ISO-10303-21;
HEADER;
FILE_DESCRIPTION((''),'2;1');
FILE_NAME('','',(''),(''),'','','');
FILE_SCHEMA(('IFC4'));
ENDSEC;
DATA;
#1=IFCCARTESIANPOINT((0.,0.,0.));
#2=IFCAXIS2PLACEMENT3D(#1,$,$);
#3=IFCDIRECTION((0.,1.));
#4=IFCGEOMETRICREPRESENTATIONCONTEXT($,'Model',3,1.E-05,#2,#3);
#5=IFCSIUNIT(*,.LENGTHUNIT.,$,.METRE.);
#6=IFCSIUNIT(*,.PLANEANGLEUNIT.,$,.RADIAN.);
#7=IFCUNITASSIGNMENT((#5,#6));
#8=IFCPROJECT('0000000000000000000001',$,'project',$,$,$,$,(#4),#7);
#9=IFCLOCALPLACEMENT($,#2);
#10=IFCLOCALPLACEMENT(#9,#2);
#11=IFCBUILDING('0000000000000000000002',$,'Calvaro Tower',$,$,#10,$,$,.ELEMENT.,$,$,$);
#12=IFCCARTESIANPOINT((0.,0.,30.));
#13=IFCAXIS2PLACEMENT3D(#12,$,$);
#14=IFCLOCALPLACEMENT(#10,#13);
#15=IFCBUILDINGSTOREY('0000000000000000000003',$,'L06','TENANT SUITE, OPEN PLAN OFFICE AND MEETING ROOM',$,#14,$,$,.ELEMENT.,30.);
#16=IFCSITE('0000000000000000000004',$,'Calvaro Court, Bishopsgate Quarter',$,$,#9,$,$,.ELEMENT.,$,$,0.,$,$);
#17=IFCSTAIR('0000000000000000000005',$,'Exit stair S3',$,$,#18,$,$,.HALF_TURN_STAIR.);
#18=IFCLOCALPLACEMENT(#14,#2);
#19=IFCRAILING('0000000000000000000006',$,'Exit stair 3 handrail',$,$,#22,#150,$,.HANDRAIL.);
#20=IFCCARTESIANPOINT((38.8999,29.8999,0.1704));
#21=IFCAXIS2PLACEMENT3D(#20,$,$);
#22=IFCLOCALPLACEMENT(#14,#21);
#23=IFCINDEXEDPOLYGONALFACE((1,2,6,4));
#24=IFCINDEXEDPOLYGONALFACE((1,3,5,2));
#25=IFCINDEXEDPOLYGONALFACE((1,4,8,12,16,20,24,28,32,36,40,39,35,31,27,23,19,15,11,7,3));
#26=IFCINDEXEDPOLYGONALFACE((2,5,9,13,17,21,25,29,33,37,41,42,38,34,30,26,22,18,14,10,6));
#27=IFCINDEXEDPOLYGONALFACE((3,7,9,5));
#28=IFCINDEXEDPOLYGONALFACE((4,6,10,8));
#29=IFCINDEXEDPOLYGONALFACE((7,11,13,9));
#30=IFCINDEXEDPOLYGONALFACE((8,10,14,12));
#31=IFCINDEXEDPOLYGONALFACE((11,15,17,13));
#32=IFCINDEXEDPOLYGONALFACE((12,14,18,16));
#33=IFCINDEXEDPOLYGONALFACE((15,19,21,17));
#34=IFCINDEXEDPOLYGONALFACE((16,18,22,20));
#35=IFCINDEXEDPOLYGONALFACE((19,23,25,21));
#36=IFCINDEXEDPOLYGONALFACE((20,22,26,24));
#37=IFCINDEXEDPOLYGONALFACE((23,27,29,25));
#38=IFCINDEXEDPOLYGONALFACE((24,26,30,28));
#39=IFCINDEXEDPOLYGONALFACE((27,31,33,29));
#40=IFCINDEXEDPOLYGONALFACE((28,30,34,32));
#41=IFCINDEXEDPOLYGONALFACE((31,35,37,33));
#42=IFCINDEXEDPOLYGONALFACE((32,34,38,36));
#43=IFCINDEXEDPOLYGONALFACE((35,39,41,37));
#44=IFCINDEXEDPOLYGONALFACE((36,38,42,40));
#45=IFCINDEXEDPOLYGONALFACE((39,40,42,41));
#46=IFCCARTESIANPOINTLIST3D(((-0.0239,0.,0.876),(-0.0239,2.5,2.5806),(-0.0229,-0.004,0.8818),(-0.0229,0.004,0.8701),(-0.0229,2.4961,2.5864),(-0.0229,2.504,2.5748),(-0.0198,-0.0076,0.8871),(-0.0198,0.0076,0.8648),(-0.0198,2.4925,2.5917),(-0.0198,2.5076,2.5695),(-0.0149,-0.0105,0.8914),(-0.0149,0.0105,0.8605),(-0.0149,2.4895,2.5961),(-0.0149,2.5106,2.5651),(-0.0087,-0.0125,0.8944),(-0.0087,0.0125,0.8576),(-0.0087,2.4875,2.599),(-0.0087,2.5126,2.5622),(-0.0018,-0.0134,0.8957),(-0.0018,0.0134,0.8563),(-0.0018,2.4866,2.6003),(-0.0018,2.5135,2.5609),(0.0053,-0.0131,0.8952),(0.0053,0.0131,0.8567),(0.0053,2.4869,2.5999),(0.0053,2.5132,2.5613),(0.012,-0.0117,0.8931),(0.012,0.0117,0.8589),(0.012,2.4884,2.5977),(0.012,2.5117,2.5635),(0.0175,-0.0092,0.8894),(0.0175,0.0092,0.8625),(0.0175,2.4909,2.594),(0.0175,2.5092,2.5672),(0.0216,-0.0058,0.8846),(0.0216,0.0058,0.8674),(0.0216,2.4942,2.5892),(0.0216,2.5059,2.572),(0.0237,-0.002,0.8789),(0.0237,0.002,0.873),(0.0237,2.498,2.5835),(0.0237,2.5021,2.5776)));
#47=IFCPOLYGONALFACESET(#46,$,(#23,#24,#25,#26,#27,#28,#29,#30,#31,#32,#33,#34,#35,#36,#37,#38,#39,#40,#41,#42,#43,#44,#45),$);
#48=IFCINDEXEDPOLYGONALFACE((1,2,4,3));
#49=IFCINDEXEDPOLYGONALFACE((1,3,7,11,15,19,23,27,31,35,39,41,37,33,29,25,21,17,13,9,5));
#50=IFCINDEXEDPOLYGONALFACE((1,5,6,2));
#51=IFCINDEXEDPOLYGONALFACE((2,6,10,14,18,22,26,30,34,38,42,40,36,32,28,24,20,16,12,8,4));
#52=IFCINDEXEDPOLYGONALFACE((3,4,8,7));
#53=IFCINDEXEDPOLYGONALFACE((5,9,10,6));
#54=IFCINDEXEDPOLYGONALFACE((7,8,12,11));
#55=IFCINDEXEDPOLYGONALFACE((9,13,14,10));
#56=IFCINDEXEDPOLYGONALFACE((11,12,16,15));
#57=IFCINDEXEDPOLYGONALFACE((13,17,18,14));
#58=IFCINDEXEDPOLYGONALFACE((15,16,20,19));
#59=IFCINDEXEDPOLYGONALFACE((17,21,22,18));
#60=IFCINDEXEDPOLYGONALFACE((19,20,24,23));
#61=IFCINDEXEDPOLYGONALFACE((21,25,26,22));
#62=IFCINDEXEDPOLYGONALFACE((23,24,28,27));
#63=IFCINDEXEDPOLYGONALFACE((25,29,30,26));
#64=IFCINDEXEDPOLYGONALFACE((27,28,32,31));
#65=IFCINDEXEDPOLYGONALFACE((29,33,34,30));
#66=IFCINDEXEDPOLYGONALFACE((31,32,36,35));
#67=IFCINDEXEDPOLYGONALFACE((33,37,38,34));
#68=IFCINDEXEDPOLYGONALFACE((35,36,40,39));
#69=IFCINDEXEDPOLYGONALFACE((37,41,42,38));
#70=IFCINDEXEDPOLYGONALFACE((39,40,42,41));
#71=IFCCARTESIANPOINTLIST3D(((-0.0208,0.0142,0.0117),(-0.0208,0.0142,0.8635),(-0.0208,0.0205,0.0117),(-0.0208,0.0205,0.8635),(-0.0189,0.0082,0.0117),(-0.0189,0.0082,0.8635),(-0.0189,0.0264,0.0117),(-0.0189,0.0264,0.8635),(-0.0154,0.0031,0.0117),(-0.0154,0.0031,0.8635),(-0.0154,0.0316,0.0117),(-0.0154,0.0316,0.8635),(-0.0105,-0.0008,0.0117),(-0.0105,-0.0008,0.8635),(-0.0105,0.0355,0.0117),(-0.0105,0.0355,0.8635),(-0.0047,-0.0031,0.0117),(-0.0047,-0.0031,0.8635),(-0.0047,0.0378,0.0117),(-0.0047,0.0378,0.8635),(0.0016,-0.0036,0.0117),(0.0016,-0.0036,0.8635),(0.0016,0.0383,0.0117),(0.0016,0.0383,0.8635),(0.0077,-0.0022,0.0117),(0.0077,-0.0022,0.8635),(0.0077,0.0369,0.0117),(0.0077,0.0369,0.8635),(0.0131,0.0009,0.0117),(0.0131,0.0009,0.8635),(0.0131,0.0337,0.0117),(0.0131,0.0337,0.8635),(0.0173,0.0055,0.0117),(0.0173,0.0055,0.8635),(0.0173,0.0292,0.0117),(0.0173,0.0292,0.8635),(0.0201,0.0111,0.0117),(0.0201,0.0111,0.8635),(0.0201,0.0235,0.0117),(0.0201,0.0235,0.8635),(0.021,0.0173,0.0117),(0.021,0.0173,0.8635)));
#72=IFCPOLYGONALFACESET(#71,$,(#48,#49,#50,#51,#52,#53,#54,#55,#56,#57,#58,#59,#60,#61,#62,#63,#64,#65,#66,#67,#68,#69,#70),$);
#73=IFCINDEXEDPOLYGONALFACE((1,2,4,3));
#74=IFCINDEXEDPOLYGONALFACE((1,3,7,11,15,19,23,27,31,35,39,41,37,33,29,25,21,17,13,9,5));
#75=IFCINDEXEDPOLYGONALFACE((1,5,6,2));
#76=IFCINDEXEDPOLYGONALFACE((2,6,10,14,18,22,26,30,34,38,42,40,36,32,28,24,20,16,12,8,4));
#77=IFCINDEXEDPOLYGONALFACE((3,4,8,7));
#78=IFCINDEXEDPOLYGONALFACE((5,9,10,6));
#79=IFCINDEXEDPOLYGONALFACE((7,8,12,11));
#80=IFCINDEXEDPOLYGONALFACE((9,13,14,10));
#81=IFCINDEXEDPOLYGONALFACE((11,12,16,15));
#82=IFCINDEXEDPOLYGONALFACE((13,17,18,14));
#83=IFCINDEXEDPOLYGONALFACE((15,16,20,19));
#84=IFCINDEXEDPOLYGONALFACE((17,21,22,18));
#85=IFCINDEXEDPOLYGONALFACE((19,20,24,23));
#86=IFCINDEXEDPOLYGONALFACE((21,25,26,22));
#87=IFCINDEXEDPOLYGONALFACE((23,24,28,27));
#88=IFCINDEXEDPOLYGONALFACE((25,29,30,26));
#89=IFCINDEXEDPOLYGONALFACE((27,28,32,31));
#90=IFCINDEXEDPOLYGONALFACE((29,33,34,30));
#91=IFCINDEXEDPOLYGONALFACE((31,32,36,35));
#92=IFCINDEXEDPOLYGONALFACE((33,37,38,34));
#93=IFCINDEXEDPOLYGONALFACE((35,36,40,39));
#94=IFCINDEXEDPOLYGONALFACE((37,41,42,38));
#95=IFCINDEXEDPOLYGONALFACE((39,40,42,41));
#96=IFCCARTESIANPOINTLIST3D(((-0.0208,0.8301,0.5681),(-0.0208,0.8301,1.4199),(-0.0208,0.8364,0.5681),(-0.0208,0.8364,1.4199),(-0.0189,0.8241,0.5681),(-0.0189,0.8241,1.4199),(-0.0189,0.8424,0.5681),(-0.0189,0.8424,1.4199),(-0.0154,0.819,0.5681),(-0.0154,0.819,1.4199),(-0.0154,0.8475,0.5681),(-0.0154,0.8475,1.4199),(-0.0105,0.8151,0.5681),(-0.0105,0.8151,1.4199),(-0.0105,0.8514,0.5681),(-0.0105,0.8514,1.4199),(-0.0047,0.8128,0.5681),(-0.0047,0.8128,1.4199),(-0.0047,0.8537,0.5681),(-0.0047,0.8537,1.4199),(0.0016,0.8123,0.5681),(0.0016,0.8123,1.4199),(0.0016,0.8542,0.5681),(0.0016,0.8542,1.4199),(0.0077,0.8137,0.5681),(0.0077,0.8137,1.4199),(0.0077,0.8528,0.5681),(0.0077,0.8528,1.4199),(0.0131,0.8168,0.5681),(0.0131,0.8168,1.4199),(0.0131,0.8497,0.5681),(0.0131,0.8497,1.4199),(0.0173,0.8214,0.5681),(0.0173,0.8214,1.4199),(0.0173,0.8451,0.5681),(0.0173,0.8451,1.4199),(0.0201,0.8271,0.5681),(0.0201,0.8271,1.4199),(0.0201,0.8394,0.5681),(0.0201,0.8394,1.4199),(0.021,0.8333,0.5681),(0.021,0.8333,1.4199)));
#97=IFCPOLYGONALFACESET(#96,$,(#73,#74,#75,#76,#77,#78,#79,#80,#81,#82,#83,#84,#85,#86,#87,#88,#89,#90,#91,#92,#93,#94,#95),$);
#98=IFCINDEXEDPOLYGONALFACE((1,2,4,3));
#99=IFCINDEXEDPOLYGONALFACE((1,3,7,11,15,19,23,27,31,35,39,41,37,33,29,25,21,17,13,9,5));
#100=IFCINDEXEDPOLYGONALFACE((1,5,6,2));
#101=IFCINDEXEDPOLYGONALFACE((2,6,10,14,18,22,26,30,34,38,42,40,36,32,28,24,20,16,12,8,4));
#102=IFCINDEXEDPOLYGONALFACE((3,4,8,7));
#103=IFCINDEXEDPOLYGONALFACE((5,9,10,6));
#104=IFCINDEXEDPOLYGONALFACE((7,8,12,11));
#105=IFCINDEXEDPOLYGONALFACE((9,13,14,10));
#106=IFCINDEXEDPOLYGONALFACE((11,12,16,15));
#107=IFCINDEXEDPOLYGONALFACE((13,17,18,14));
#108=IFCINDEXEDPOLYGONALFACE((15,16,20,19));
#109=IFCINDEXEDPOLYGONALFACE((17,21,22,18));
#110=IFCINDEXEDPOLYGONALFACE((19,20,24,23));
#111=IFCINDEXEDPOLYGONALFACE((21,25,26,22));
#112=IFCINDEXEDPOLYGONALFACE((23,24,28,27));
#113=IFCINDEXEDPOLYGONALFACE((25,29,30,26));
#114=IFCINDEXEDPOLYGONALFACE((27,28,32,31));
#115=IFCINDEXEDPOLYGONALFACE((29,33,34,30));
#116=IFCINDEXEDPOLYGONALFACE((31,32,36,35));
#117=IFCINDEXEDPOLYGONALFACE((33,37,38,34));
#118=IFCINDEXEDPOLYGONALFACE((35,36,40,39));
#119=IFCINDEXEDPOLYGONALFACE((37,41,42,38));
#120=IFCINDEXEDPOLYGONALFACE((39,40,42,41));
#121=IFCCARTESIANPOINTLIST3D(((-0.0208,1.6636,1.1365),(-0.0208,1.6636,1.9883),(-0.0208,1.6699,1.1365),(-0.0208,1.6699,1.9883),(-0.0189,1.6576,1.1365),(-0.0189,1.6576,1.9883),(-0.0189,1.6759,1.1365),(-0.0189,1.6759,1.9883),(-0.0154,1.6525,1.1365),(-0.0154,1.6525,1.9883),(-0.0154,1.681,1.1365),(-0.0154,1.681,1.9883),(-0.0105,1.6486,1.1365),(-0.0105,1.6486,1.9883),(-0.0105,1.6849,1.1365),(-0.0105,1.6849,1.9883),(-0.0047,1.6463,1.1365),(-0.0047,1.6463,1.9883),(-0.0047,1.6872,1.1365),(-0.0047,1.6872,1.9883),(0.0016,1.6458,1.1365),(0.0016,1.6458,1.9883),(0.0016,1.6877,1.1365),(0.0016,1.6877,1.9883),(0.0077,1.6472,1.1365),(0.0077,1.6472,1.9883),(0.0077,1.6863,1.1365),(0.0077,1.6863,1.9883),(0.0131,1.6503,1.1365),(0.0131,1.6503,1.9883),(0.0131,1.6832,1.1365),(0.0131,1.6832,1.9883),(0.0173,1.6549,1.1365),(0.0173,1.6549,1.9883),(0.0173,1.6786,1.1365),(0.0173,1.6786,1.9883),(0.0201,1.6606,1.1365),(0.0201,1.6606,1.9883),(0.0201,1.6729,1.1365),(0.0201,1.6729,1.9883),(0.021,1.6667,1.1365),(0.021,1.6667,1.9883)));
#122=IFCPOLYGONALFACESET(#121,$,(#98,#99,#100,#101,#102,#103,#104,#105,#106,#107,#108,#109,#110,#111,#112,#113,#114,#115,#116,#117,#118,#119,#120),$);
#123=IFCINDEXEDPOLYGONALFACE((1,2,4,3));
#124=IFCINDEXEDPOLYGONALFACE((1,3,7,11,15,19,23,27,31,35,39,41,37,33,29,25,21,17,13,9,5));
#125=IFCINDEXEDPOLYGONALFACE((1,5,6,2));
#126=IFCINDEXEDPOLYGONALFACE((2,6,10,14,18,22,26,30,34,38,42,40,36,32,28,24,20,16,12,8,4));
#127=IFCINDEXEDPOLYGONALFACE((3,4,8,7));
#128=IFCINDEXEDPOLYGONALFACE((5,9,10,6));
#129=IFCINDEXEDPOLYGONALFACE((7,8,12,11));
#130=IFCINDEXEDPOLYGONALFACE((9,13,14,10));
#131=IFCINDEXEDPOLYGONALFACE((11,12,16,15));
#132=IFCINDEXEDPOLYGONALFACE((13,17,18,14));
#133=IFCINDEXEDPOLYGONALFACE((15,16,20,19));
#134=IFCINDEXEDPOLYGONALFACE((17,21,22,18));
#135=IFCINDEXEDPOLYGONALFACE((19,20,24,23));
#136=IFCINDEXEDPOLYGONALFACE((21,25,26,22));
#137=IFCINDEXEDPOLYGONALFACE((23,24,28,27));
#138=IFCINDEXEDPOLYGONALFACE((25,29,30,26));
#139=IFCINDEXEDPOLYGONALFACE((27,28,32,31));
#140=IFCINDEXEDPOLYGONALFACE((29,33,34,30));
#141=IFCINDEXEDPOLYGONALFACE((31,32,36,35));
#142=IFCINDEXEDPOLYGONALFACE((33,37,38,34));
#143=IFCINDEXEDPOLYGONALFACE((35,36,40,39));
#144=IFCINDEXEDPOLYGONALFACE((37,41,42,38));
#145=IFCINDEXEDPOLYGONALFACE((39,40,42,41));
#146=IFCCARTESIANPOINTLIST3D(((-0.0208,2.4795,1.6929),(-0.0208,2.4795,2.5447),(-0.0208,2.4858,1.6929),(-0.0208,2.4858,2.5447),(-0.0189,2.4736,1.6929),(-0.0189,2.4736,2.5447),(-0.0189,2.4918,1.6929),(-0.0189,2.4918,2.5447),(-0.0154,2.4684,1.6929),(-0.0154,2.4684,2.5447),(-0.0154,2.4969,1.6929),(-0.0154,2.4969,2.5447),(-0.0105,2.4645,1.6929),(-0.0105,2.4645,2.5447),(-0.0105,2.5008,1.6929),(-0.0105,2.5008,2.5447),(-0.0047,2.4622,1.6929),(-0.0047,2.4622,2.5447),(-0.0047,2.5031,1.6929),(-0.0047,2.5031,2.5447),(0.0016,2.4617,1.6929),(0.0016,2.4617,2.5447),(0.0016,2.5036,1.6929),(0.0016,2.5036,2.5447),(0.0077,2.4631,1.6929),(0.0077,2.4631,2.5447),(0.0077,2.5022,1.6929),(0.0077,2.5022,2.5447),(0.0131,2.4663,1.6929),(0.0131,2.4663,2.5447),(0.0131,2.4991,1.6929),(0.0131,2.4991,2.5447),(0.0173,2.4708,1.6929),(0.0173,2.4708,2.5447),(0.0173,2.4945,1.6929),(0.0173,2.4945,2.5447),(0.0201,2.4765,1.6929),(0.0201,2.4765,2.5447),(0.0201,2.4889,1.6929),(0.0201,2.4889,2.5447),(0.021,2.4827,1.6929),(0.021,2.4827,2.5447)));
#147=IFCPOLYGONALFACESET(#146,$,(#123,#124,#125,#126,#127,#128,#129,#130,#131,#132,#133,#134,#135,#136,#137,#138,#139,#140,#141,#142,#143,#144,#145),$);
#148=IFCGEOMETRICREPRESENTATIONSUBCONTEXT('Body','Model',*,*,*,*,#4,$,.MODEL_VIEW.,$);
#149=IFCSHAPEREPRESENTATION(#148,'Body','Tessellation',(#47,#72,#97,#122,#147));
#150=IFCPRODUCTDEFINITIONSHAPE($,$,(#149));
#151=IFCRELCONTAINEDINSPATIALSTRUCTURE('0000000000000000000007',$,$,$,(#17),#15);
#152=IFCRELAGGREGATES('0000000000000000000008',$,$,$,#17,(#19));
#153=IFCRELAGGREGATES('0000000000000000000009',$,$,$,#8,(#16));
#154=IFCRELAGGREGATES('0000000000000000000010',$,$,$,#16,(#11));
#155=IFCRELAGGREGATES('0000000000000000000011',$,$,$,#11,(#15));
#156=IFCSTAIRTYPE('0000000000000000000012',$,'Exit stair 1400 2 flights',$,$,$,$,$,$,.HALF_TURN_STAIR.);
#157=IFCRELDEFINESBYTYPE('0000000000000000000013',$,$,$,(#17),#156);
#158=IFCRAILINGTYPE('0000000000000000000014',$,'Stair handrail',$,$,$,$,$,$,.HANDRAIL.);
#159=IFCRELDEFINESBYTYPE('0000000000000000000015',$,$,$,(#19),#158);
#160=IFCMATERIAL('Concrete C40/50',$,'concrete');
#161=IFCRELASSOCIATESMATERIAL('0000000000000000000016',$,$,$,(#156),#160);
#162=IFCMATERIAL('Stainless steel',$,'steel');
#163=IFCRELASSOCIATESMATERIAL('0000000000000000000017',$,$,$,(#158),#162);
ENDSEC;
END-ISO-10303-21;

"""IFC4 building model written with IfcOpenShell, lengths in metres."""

from ifc_helpers import new_model, si_unit, direction, frame, origin, origin_2d, place, context, subcontext, project, spatial, circle, extrude, material, type_object, element, aggregate, save


model = new_model("IFC4")

# Units and contexts
model_context = context("Model", 3, precision=1e-05, world=origin(), true_north=direction((0.0, 1.0)))
body_context = subcontext(model_context, "Body", "Model", "MODEL_VIEW")
ifc_project = project(units=[si_unit("LENGTHUNIT", "METRE"), si_unit("PLANEANGLEUNIT", "RADIAN")], contexts=[model_context])

# Site, building, storey
site_placement = place(None, origin())
site = spatial("IfcSite", under=ifc_project, at=site_placement, Name="Calvaro Court, Bishopsgate Quarter", CompositionType="ELEMENT", RefElevation=0.0)
building_placement = place(site_placement, origin())
building = spatial("IfcBuilding", under=site, at=building_placement, Name="Calvaro Tower", CompositionType="ELEMENT")
storey_placement = place(building_placement, frame((0.0, 0.0, 30.0)))
storey = spatial("IfcBuildingStorey", under=building, at=storey_placement, Name="L06", Description="TENANT SUITE, OPEN PLAN OFFICE AND MEETING ROOM", CompositionType="ELEMENT", Elevation=30.0)

# Stair, railing
ifc_material_1 = material(Name="Concrete C40/50", Category="concrete")
stair_type = type_object("IfcStairType", Name="Exit stair 1400 2 flights", PredefinedType="HALF_TURN_STAIR", material=ifc_material_1)
stair_placement = place(storey_placement, origin())
stair = element("IfcStair", 1, at=stair_placement, inside=storey, type_object=stair_type, Name="Exit stair S3", PredefinedType="HALF_TURN_STAIR")
ifc_material_2 = material(Name="Stainless steel", Category="steel")
railing_type = type_object("IfcRailingType", Name="Stair handrail", PredefinedType="HANDRAIL", material=ifc_material_2)
railing_1_placement = place(storey_placement, frame((38.8999, 29.8999, 0.1704)))
railing_1 = element("IfcRailing", 2, at=railing_1_placement, type_object=railing_type, Name="Exit stair 3 handrail", PredefinedType="HANDRAIL", context=body_context, shape_type="SweptSolid", body=[
    extrude(circle(Radius=0.0239, at=origin_2d()), frame((0.0, 0.0, 0.876), z_axis=(0.0, 0.826221, 0.563347), x_axis=(-1.0, 0.0, 0.0)), (0.0, 0.0, 1.0), 3.0259),
    extrude(circle(Radius=0.021, at=origin_2d()), frame((0.0, 0.0173, 0.0117)), (0.0, 0.0, 1.0), 0.8518),
    extrude(circle(Radius=0.021, at=origin_2d()), frame((0.0, 0.8333, 0.5681)), (0.0, 0.0, 1.0), 0.8518),
    extrude(circle(Radius=0.021, at=origin_2d()), frame((0.0, 1.6667, 1.1365)), (0.0, 0.0, 1.0), 0.8518),
    extrude(circle(Radius=0.021, at=origin_2d()), frame((0.0, 2.4827, 1.6929)), (0.0, 0.0, 1.0), 0.8518),
])
aggregate(stair, [railing_1])

save(model, "model.ifc")
